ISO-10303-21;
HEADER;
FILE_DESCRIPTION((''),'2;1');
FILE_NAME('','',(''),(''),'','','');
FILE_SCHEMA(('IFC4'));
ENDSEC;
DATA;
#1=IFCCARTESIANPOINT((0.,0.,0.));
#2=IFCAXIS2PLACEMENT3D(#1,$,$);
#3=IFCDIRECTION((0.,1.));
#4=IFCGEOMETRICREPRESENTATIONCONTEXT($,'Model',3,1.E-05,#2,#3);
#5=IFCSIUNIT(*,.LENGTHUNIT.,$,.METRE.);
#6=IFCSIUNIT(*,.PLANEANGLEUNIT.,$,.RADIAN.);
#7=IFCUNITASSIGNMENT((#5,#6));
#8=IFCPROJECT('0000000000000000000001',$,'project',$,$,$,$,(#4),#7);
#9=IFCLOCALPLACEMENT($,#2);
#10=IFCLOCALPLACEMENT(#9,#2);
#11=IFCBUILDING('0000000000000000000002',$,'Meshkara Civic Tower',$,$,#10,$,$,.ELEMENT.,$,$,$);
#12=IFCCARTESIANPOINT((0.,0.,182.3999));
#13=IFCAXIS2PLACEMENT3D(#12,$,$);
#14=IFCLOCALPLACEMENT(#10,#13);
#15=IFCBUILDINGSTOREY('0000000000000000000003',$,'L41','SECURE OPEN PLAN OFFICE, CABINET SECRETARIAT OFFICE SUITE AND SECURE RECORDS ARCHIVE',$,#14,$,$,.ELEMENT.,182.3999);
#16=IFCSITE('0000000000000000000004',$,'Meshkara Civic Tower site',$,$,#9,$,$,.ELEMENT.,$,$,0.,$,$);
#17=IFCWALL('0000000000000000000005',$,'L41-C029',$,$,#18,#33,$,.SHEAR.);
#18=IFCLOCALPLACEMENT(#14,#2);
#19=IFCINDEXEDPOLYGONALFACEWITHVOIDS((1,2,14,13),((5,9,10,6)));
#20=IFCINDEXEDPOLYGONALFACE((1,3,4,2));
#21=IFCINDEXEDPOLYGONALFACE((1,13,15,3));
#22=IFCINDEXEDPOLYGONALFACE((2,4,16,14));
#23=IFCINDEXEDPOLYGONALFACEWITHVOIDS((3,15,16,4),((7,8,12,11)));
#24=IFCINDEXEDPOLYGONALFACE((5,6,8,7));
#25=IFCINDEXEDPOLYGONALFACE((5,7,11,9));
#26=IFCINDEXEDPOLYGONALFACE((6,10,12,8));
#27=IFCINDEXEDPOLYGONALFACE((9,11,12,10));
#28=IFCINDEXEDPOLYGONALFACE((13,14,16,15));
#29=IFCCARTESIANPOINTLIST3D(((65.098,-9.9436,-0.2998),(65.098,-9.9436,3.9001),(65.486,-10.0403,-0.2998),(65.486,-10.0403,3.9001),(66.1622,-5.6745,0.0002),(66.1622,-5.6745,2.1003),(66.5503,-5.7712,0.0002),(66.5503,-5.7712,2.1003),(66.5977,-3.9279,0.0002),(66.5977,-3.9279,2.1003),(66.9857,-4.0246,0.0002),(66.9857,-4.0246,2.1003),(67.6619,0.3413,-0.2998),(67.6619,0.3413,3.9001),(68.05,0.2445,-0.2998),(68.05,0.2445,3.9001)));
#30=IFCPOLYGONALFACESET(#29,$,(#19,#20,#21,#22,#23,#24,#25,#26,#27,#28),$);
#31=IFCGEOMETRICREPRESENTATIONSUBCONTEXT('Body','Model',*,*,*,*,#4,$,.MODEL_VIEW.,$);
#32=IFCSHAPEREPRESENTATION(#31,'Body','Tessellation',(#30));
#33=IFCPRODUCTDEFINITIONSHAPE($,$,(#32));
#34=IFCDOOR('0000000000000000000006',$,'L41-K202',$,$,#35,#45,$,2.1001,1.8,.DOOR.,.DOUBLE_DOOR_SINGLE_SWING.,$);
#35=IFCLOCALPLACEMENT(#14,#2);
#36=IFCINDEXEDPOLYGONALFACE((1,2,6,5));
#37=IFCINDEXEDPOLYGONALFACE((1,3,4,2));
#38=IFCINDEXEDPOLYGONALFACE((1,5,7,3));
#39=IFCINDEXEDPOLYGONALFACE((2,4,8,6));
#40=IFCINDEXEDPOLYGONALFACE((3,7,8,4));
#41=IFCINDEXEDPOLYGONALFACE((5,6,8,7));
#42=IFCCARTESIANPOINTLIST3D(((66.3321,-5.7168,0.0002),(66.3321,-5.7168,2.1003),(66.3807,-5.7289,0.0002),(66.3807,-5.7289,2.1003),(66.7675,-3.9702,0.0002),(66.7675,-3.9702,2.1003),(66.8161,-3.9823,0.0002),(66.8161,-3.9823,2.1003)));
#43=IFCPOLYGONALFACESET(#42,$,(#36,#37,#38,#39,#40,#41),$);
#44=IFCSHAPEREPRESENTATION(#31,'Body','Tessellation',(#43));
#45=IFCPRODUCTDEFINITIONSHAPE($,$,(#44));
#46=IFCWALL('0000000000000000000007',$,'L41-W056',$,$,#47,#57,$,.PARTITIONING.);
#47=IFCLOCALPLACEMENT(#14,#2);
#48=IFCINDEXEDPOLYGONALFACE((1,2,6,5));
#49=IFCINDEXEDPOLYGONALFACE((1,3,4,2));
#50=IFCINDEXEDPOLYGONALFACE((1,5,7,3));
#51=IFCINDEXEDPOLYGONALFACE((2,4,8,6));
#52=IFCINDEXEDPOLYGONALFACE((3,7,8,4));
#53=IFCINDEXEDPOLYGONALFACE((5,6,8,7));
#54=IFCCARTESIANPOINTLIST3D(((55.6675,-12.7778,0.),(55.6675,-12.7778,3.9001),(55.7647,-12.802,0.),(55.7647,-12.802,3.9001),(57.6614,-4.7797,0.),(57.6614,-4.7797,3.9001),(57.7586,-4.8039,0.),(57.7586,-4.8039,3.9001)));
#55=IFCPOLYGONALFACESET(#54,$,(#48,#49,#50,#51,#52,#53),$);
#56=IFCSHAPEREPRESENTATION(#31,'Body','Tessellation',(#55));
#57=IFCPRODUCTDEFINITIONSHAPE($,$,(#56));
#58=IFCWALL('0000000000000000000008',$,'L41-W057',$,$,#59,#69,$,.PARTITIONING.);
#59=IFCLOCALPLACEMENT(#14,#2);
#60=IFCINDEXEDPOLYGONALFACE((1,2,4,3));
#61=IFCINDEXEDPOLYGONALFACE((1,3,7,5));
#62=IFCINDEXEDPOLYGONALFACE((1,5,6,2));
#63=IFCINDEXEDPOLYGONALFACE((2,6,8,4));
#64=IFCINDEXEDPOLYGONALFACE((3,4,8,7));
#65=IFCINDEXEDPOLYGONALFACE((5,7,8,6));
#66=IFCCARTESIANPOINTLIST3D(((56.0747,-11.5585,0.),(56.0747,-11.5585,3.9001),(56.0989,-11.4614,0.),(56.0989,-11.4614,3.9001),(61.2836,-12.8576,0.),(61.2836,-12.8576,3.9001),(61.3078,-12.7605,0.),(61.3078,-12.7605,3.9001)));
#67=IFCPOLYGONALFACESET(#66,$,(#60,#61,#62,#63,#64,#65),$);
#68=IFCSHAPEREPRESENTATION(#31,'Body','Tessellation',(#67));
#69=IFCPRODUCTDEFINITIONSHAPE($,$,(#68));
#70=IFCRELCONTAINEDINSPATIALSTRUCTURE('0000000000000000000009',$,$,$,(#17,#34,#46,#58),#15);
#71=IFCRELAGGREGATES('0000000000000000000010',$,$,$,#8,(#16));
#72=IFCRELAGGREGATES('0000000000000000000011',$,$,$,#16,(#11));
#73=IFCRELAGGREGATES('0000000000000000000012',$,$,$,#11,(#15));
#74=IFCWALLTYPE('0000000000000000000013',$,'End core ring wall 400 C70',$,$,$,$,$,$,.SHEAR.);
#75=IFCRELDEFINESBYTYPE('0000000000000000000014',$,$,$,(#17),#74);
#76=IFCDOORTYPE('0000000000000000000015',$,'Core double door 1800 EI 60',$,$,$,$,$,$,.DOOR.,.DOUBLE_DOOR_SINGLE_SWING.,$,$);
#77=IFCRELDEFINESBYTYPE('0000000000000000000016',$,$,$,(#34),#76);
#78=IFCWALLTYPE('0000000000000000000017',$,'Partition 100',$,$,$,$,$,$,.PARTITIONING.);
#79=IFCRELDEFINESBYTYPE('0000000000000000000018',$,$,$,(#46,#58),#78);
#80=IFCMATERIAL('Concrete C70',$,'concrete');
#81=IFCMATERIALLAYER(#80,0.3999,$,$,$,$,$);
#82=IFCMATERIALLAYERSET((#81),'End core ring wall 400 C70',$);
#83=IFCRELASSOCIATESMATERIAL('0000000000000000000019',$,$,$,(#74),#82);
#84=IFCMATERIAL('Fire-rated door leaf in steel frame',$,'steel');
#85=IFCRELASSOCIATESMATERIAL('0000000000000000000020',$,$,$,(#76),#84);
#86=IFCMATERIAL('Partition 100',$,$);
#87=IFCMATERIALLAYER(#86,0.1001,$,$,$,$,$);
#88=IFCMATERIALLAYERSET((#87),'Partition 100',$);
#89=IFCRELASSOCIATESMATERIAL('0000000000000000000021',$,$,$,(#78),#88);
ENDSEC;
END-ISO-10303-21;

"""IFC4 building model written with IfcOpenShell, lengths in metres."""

from ifc_helpers import new_model, si_unit, direction, frame, frame_2d, origin, place, context, subcontext, project, spatial, rectangle, extrude, material, layer, layer_set, type_object, element, fill, save


model = new_model("IFC4")

# Units and contexts
model_context = context("Model", 3, precision=1e-05, world=origin(), true_north=direction((0.0, 1.0)))
body_context = subcontext(model_context, "Body", "Model", "MODEL_VIEW")
ifc_project = project(units=[si_unit("LENGTHUNIT", "METRE"), si_unit("PLANEANGLEUNIT", "RADIAN")], contexts=[model_context])

# Site, building, storey
site_placement = place(None, origin())
site = spatial("IfcSite", under=ifc_project, at=site_placement, Name="Meshkara Civic Tower site", CompositionType="ELEMENT", RefElevation=0.0)
building_placement = place(site_placement, origin())
building = spatial("IfcBuilding", under=site, at=building_placement, Name="Meshkara Civic Tower", CompositionType="ELEMENT")
storey_placement = place(building_placement, frame((0.0, 0.0, 182.3999)))
storey = spatial("IfcBuildingStorey", under=building, at=storey_placement, Name="L41", Description="SECURE OPEN PLAN OFFICE, CABINET SECRETARIAT OFFICE SUITE AND SECURE RECORDS ARCHIVE", CompositionType="ELEMENT", Elevation=182.3999)

# Shared definitions
ifc_material_1 = material(Name="Concrete C70", Category="concrete")
ifc_layer_1 = layer(ifc_material_1, 0.3999)
ifc_layer_set_1 = layer_set([ifc_layer_1], Name="End core ring wall 400 C70")
wall_type_1 = type_object("IfcWallType", Name="End core ring wall 400 C70", PredefinedType="SHEAR", material=ifc_layer_set_1)

# Wall, opening, door
wall_1_placement = place(storey_placement, frame((65.292, -9.9919, -0.2998), z_axis=(0.0, 0.0, 1.0), x_axis=(0.241891, 0.970304, 0.0)))
wall_1 = element("IfcWall", 1, at=wall_1_placement, inside=storey, type_object=wall_type_1, Name="L41-C029", PredefinedType="SHEAR", context=body_context, shape_type="SweptSolid", body=[
    extrude(rectangle(XDim=10.5996, YDim=0.3999, at=frame_2d((5.2998, 0.0))), origin(), (0.0, 0.0, 1.0), 4.2),
])
opening_1_placement = place(wall_1_placement, frame((4.3999, 0.0, 0.3)))
opening_1 = element("IfcOpeningElement", 2, at=opening_1_placement, cuts=wall_1, PredefinedType="OPENING", context=body_context, shape_type="SweptSolid", body=[
    extrude(rectangle(XDim=1.8, YDim=2.1001, at=frame_2d((0.8999, 1.05))), frame((0.0, 0.21, 0.0), z_axis=(0.0, -1.0, 0.0), x_axis=(1.0, 0.0, 0.0)), (0.0, 0.0, 1.0), 0.4199),
])
ifc_material_2 = material(Name="Fire-rated door leaf in steel frame", Category="steel")
door_type_1 = type_object("IfcDoorType", Name="Core double door 1800 EI 60", OperationType="DOUBLE_DOOR_SINGLE_SWING", PredefinedType="DOOR", material=ifc_material_2)
door_1_placement = place(opening_1_placement, origin())
door_1 = element("IfcDoor", 3, at=door_1_placement, inside=storey, type_object=door_type_1, Name="L41-K202", OperationType="DOUBLE_DOOR_SINGLE_SWING", OverallHeight=2.1001, OverallWidth=1.8, PredefinedType="DOOR", context=body_context, shape_type="SweptSolid", body=[
    extrude(rectangle(XDim=1.8, YDim=2.1001, at=frame_2d((0.8999, 1.05))), frame((0.0, 0.0249, 0.0), z_axis=(0.0, -1.0, 0.0), x_axis=(1.0, 0.0, 0.0)), (0.0, 0.0, 1.0), 0.05),
])
fill(opening_1, door_1)

# Walls
ifc_material_3 = material(Name="Partition 100")
ifc_layer_2 = layer(ifc_material_3, 0.1001)
ifc_layer_set_2 = layer_set([ifc_layer_2], Name="Partition 100")
wall_type_2 = type_object("IfcWallType", Name="Partition 100", PredefinedType="PARTITIONING", material=ifc_layer_set_2)
wall_2_placement = place(storey_placement, frame((55.7161, -12.79, 0.0), z_axis=(0.0, 0.0, 1.0), x_axis=(0.241894, 0.970303, 0.0)))
element("IfcWall", 4, at=wall_2_placement, inside=storey, type_object=wall_type_2, Name="L41-W056", PredefinedType="PARTITIONING", context=body_context, shape_type="SweptSolid", body=[
    extrude(rectangle(XDim=8.2429, YDim=0.1001, at=frame_2d((4.1216, 0.0))), origin(), (0.0, 0.0, 1.0), 3.9001),
])
wall_3_placement = place(storey_placement, frame((56.0869, -11.51, 0.0), z_axis=(0.0, 0.0, 1.0), x_axis=(0.970281, -0.241979, 0.0)))
element("IfcWall", 5, at=wall_3_placement, inside=storey, type_object=wall_type_2, Name="L41-W057", PredefinedType="PARTITIONING", context=body_context, shape_type="SweptSolid", body=[
    extrude(rectangle(XDim=5.3684, YDim=0.1001, at=frame_2d((2.6841, 0.0))), origin(), (0.0, 0.0, 1.0), 3.9001),
])

save(model, "model.ifc")
